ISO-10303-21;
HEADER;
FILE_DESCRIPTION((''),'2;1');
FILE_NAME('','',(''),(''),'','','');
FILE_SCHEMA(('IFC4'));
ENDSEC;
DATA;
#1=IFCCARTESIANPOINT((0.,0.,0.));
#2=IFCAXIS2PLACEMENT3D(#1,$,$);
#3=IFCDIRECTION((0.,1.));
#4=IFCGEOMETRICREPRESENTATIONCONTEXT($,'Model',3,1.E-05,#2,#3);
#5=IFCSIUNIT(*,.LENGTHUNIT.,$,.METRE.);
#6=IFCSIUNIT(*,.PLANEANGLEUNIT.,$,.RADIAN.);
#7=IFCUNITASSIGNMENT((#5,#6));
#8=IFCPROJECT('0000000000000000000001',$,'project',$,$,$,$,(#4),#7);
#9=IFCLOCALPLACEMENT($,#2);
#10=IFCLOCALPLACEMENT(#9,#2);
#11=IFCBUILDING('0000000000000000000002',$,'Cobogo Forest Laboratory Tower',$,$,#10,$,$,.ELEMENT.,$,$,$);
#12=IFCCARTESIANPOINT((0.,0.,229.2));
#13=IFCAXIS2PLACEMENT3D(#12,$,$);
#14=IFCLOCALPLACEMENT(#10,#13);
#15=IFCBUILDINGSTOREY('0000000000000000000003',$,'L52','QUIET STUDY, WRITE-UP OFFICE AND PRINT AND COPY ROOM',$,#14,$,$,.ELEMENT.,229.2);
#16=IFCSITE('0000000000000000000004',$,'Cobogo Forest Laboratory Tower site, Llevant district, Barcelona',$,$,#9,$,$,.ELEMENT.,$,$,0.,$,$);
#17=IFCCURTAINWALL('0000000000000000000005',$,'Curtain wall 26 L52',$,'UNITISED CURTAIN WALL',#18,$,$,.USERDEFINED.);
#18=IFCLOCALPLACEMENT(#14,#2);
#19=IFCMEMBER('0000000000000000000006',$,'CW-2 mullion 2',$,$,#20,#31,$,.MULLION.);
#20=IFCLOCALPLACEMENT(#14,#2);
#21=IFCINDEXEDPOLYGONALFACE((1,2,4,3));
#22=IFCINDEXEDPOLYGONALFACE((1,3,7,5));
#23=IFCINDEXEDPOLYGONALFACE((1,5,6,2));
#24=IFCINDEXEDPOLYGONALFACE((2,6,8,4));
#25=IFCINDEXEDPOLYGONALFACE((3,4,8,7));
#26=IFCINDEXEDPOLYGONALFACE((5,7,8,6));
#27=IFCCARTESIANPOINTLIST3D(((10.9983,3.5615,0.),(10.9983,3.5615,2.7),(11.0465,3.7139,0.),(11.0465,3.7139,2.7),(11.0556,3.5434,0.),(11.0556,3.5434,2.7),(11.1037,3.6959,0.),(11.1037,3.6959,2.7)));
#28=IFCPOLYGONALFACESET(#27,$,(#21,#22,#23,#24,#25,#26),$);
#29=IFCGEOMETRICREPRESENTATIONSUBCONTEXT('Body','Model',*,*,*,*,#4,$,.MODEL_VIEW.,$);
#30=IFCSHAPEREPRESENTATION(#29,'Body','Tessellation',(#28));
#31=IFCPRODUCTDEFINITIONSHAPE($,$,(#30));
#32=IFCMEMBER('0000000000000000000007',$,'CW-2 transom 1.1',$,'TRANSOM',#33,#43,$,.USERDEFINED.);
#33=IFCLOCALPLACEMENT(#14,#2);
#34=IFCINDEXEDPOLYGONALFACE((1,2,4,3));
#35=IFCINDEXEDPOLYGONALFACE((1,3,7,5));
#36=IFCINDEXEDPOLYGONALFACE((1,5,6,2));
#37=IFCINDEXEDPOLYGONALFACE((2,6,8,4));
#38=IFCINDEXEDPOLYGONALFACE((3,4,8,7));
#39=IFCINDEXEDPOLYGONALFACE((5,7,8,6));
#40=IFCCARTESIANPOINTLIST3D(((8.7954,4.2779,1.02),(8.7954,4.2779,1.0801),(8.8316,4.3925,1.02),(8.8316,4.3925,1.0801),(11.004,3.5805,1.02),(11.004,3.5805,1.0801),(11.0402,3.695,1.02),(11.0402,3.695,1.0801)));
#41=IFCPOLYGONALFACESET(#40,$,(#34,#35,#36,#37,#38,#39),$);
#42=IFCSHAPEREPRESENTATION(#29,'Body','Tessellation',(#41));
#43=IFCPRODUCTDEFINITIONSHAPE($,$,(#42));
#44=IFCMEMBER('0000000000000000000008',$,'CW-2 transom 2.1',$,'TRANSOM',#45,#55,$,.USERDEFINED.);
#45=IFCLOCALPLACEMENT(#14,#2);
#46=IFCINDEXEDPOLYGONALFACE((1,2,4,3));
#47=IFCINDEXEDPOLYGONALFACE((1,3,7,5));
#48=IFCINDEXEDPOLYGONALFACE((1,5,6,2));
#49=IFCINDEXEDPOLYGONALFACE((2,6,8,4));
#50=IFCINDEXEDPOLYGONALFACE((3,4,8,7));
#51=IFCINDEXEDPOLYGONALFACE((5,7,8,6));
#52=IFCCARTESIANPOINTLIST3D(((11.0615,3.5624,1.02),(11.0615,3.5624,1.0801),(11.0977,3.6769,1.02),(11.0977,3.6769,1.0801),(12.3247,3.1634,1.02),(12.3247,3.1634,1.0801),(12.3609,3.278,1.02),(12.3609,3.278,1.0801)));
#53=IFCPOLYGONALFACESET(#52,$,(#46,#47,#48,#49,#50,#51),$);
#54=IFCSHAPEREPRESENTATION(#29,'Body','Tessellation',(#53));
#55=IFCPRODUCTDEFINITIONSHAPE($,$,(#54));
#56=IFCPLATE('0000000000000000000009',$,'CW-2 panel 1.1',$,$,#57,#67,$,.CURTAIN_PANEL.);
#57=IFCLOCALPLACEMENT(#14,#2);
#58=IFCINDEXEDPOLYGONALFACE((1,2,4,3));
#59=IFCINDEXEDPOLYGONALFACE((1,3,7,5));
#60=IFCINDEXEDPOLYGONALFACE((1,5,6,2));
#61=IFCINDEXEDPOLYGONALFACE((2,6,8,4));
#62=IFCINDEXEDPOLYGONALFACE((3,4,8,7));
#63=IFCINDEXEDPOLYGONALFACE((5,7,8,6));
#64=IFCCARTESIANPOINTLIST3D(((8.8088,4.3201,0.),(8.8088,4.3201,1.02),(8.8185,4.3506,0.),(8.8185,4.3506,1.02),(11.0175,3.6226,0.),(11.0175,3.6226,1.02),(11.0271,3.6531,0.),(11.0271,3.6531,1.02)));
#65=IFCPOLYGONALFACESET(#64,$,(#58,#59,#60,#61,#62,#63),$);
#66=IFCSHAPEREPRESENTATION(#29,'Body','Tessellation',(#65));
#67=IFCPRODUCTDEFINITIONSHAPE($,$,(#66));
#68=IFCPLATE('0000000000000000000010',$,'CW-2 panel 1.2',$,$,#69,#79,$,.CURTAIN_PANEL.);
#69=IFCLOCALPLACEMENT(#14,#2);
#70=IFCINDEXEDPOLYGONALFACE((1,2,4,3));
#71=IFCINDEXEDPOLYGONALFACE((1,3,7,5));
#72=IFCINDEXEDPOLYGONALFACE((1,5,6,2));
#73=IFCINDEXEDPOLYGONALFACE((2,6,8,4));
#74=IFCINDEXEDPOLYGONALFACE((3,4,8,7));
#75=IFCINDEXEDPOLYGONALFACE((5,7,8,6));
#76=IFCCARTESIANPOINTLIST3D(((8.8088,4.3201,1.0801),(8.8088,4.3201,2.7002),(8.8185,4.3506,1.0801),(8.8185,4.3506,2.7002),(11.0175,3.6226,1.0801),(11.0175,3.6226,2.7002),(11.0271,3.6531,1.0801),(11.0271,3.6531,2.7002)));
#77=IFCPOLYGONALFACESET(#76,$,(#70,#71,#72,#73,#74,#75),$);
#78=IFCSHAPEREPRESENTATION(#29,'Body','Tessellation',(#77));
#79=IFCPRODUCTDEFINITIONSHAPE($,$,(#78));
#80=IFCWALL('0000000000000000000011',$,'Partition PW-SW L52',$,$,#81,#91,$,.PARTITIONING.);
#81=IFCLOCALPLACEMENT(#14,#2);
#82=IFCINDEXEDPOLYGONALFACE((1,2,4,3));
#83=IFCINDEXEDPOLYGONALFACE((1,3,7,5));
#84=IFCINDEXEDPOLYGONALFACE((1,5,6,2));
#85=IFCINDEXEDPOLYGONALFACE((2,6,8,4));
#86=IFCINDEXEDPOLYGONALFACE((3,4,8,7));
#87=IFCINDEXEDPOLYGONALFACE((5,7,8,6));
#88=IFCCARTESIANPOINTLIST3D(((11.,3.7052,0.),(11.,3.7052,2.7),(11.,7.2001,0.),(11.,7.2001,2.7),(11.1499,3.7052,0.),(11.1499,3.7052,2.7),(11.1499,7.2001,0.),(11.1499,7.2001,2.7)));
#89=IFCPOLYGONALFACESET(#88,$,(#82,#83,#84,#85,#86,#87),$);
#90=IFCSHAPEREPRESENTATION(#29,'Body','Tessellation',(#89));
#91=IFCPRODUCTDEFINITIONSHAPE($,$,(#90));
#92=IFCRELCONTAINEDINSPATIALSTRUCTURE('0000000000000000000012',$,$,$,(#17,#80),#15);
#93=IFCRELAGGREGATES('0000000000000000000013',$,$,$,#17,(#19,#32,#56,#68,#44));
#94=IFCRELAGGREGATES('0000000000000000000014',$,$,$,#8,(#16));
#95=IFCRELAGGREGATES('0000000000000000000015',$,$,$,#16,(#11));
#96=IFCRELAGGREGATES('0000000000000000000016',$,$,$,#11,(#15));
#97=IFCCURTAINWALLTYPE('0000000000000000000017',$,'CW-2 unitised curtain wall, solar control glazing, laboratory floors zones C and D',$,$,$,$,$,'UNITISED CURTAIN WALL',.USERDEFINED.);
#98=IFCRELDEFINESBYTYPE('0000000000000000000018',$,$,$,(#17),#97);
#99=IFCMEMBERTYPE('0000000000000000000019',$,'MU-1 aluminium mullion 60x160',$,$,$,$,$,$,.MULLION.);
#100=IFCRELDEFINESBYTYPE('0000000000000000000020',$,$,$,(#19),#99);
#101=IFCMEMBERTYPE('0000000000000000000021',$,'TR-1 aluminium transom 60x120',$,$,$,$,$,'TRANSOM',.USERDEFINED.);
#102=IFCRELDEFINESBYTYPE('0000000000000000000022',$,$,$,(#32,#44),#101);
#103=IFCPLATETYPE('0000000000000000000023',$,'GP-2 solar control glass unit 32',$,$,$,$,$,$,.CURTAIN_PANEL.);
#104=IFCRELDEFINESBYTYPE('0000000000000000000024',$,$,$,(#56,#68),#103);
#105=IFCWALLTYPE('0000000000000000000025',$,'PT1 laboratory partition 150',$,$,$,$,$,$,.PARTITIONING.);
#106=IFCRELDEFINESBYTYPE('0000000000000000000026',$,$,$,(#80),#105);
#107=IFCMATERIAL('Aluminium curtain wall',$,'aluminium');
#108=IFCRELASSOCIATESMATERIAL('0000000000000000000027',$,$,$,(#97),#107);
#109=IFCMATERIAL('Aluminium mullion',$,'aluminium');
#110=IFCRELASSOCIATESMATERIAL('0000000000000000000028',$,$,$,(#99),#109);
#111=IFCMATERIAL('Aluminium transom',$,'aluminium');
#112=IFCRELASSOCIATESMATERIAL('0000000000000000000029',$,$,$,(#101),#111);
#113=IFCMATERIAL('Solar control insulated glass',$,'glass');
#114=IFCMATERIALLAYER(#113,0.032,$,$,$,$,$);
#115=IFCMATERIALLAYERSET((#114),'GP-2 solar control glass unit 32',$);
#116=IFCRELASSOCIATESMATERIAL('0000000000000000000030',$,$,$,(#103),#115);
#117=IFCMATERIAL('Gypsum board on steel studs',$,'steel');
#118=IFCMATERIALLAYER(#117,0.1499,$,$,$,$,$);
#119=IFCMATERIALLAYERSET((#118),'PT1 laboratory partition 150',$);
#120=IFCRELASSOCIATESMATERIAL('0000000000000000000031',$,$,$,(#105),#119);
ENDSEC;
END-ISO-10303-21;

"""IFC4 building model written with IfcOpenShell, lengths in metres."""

from ifc_helpers import new_model, si_unit, direction, frame, frame_2d, origin, origin_2d, place, context, subcontext, project, spatial, rectangle, extrude, material, layer, layer_set, material_profile, profile_set, type_object, element, aggregate, save


model = new_model("IFC4")

# Units and contexts
model_context = context("Model", 3, precision=1e-05, world=origin(), true_north=direction((0.0, 1.0)))
body_context = subcontext(model_context, "Body", "Model", "MODEL_VIEW")
ifc_project = project(units=[si_unit("LENGTHUNIT", "METRE"), si_unit("PLANEANGLEUNIT", "RADIAN")], contexts=[model_context])

# Site, building, storey
site_placement = place(None, origin())
site = spatial("IfcSite", under=ifc_project, at=site_placement, Name="Cobogo Forest Laboratory Tower site, Llevant district, Barcelona", CompositionType="ELEMENT", RefElevation=0.0)
building_placement = place(site_placement, origin())
building = spatial("IfcBuilding", under=site, at=building_placement, Name="Cobogo Forest Laboratory Tower", CompositionType="ELEMENT")
storey_placement = place(building_placement, frame((0.0, 0.0, 229.2)))
storey = spatial("IfcBuildingStorey", under=building, at=storey_placement, Name="L52", Description="QUIET STUDY, WRITE-UP OFFICE AND PRINT AND COPY ROOM", CompositionType="ELEMENT", Elevation=229.2)

# Curtain wall, members, plates
ifc_material_1 = material(Name="Aluminium curtain wall", Category="aluminium")
curtain_wall_type = type_object("IfcCurtainWallType", Name="CW-2 unitised curtain wall, solar control glazing, laboratory floors zones C and D", ElementType="UNITISED CURTAIN WALL", PredefinedType="USERDEFINED", material=ifc_material_1)
curtain_wall_placement = place(storey_placement, origin())
curtain_wall = element("IfcCurtainWall", 1, at=curtain_wall_placement, inside=storey, type_object=curtain_wall_type, Name="Curtain wall 26 L52", ObjectType="UNITISED CURTAIN WALL", PredefinedType="USERDEFINED")
ifc_material_2 = material(Name="Aluminium mullion", Category="aluminium")
ifc_material_profile_1 = material_profile(ifc_material_2, rectangle(XDim=0.0601, YDim=0.1599, at=origin_2d()), Name="AL 60x160")
ifc_profile_set_1 = profile_set([ifc_material_profile_1], Name="Aluminium mullion")
member_type_1 = type_object("IfcMemberType", Name="MU-1 aluminium mullion 60x160", PredefinedType="MULLION", material=ifc_profile_set_1)
member_1_placement = place(storey_placement, frame((11.051, 3.6287, 0.0), z_axis=(0.0, 0.0, 1.0), x_axis=(0.953581, -0.301136, 0.0)))
member_1 = element("IfcMember", 2, at=member_1_placement, type_object=member_type_1, Name="CW-2 mullion 2", PredefinedType="MULLION", context=body_context, shape_type="SweptSolid", body=[
    extrude(rectangle(XDim=0.0601, YDim=0.1599, at=origin_2d()), origin(), (0.0, 0.0, 1.0), 2.7),
])
ifc_material_3 = material(Name="Aluminium transom", Category="aluminium")
ifc_material_profile_2 = material_profile(ifc_material_3, rectangle(XDim=0.1201, YDim=0.0601, at=origin_2d()), Name="AL 60x120")
ifc_profile_set_2 = profile_set([ifc_material_profile_2], Name="Aluminium transom")
member_type_2 = type_object("IfcMemberType", Name="TR-1 aluminium transom 60x120", ElementType="TRANSOM", PredefinedType="USERDEFINED", material=ifc_profile_set_2)
member_2_placement = place(storey_placement, frame((8.8135, 4.3352, 1.05), z_axis=(0.953581, -0.301136, 0.0), x_axis=(0.301136, 0.953581, 0.0)))
member_2 = element("IfcMember", 3, at=member_2_placement, type_object=member_type_2, Name="CW-2 transom 1.1", ObjectType="TRANSOM", PredefinedType="USERDEFINED", context=body_context, shape_type="SweptSolid", body=[
    extrude(rectangle(XDim=0.1201, YDim=0.0601, at=origin_2d()), origin(), (0.0, 0.0, 1.0), 2.3162),
])
member_3_placement = place(storey_placement, frame((11.0796, 3.6196, 1.05), z_axis=(0.953577, -0.301149, 0.0), x_axis=(0.301149, 0.953577, 0.0)))
member_3 = element("IfcMember", 4, at=member_3_placement, type_object=member_type_2, Name="CW-2 transom 2.1", ObjectType="TRANSOM", PredefinedType="USERDEFINED", context=body_context, shape_type="SweptSolid", body=[
    extrude(rectangle(XDim=0.1201, YDim=0.0601, at=origin_2d()), origin(), (0.0, 0.0, 1.0), 1.3247),
])
ifc_material_4 = material(Name="Solar control insulated glass", Category="glass")
ifc_layer_1 = layer(ifc_material_4, 0.032)
ifc_layer_set_1 = layer_set([ifc_layer_1], Name="GP-2 solar control glass unit 32")
plate_type = type_object("IfcPlateType", Name="GP-2 solar control glass unit 32", PredefinedType="CURTAIN_PANEL", material=ifc_layer_set_1)
plate_1_placement = place(storey_placement, frame((9.918, 3.9866, 0.0), z_axis=(0.0, 0.0, 1.0), x_axis=(0.953581, -0.301136, 0.0)))
plate_1 = element("IfcPlate", 5, at=plate_1_placement, type_object=plate_type, Name="CW-2 panel 1.1", PredefinedType="CURTAIN_PANEL", context=body_context, shape_type="SweptSolid", body=[
    extrude(rectangle(XDim=2.3162, YDim=0.032, at=origin_2d()), origin(), (0.0, 0.0, 1.0), 1.02),
])
plate_2_placement = place(storey_placement, frame((9.918, 3.9866, 1.0801), z_axis=(0.0, 0.0, 1.0), x_axis=(0.953581, -0.301136, 0.0)))
plate_2 = element("IfcPlate", 6, at=plate_2_placement, type_object=plate_type, Name="CW-2 panel 1.2", PredefinedType="CURTAIN_PANEL", context=body_context, shape_type="SweptSolid", body=[
    extrude(rectangle(XDim=2.3162, YDim=0.032, at=origin_2d()), origin(), (0.0, 0.0, 1.0), 1.6201),
])
aggregate(curtain_wall, [member_1, member_2, plate_1, plate_2, member_3])

# Wall
ifc_material_5 = material(Name="Gypsum board on steel studs", Category="steel")
ifc_layer_2 = layer(ifc_material_5, 0.1499)
ifc_layer_set_2 = layer_set([ifc_layer_2], Name="PT1 laboratory partition 150")
wall_type = type_object("IfcWallType", Name="PT1 laboratory partition 150", PredefinedType="PARTITIONING", material=ifc_layer_set_2)
wall_placement = place(storey_placement, frame((11.075, 3.7051, 0.0), z_axis=(0.0, 0.0, 1.0), x_axis=(0.0, 1.0, 0.0)))
element("IfcWall", 7, at=wall_placement, inside=storey, type_object=wall_type, Name="Partition PW-SW L52", PredefinedType="PARTITIONING", context=body_context, shape_type="SweptSolid", body=[
    extrude(rectangle(XDim=3.4949, YDim=0.1499, at=frame_2d((1.7476, 0.0))), origin(), (0.0, 0.0, 1.0), 2.7),
])

save(model, "model.ifc")
